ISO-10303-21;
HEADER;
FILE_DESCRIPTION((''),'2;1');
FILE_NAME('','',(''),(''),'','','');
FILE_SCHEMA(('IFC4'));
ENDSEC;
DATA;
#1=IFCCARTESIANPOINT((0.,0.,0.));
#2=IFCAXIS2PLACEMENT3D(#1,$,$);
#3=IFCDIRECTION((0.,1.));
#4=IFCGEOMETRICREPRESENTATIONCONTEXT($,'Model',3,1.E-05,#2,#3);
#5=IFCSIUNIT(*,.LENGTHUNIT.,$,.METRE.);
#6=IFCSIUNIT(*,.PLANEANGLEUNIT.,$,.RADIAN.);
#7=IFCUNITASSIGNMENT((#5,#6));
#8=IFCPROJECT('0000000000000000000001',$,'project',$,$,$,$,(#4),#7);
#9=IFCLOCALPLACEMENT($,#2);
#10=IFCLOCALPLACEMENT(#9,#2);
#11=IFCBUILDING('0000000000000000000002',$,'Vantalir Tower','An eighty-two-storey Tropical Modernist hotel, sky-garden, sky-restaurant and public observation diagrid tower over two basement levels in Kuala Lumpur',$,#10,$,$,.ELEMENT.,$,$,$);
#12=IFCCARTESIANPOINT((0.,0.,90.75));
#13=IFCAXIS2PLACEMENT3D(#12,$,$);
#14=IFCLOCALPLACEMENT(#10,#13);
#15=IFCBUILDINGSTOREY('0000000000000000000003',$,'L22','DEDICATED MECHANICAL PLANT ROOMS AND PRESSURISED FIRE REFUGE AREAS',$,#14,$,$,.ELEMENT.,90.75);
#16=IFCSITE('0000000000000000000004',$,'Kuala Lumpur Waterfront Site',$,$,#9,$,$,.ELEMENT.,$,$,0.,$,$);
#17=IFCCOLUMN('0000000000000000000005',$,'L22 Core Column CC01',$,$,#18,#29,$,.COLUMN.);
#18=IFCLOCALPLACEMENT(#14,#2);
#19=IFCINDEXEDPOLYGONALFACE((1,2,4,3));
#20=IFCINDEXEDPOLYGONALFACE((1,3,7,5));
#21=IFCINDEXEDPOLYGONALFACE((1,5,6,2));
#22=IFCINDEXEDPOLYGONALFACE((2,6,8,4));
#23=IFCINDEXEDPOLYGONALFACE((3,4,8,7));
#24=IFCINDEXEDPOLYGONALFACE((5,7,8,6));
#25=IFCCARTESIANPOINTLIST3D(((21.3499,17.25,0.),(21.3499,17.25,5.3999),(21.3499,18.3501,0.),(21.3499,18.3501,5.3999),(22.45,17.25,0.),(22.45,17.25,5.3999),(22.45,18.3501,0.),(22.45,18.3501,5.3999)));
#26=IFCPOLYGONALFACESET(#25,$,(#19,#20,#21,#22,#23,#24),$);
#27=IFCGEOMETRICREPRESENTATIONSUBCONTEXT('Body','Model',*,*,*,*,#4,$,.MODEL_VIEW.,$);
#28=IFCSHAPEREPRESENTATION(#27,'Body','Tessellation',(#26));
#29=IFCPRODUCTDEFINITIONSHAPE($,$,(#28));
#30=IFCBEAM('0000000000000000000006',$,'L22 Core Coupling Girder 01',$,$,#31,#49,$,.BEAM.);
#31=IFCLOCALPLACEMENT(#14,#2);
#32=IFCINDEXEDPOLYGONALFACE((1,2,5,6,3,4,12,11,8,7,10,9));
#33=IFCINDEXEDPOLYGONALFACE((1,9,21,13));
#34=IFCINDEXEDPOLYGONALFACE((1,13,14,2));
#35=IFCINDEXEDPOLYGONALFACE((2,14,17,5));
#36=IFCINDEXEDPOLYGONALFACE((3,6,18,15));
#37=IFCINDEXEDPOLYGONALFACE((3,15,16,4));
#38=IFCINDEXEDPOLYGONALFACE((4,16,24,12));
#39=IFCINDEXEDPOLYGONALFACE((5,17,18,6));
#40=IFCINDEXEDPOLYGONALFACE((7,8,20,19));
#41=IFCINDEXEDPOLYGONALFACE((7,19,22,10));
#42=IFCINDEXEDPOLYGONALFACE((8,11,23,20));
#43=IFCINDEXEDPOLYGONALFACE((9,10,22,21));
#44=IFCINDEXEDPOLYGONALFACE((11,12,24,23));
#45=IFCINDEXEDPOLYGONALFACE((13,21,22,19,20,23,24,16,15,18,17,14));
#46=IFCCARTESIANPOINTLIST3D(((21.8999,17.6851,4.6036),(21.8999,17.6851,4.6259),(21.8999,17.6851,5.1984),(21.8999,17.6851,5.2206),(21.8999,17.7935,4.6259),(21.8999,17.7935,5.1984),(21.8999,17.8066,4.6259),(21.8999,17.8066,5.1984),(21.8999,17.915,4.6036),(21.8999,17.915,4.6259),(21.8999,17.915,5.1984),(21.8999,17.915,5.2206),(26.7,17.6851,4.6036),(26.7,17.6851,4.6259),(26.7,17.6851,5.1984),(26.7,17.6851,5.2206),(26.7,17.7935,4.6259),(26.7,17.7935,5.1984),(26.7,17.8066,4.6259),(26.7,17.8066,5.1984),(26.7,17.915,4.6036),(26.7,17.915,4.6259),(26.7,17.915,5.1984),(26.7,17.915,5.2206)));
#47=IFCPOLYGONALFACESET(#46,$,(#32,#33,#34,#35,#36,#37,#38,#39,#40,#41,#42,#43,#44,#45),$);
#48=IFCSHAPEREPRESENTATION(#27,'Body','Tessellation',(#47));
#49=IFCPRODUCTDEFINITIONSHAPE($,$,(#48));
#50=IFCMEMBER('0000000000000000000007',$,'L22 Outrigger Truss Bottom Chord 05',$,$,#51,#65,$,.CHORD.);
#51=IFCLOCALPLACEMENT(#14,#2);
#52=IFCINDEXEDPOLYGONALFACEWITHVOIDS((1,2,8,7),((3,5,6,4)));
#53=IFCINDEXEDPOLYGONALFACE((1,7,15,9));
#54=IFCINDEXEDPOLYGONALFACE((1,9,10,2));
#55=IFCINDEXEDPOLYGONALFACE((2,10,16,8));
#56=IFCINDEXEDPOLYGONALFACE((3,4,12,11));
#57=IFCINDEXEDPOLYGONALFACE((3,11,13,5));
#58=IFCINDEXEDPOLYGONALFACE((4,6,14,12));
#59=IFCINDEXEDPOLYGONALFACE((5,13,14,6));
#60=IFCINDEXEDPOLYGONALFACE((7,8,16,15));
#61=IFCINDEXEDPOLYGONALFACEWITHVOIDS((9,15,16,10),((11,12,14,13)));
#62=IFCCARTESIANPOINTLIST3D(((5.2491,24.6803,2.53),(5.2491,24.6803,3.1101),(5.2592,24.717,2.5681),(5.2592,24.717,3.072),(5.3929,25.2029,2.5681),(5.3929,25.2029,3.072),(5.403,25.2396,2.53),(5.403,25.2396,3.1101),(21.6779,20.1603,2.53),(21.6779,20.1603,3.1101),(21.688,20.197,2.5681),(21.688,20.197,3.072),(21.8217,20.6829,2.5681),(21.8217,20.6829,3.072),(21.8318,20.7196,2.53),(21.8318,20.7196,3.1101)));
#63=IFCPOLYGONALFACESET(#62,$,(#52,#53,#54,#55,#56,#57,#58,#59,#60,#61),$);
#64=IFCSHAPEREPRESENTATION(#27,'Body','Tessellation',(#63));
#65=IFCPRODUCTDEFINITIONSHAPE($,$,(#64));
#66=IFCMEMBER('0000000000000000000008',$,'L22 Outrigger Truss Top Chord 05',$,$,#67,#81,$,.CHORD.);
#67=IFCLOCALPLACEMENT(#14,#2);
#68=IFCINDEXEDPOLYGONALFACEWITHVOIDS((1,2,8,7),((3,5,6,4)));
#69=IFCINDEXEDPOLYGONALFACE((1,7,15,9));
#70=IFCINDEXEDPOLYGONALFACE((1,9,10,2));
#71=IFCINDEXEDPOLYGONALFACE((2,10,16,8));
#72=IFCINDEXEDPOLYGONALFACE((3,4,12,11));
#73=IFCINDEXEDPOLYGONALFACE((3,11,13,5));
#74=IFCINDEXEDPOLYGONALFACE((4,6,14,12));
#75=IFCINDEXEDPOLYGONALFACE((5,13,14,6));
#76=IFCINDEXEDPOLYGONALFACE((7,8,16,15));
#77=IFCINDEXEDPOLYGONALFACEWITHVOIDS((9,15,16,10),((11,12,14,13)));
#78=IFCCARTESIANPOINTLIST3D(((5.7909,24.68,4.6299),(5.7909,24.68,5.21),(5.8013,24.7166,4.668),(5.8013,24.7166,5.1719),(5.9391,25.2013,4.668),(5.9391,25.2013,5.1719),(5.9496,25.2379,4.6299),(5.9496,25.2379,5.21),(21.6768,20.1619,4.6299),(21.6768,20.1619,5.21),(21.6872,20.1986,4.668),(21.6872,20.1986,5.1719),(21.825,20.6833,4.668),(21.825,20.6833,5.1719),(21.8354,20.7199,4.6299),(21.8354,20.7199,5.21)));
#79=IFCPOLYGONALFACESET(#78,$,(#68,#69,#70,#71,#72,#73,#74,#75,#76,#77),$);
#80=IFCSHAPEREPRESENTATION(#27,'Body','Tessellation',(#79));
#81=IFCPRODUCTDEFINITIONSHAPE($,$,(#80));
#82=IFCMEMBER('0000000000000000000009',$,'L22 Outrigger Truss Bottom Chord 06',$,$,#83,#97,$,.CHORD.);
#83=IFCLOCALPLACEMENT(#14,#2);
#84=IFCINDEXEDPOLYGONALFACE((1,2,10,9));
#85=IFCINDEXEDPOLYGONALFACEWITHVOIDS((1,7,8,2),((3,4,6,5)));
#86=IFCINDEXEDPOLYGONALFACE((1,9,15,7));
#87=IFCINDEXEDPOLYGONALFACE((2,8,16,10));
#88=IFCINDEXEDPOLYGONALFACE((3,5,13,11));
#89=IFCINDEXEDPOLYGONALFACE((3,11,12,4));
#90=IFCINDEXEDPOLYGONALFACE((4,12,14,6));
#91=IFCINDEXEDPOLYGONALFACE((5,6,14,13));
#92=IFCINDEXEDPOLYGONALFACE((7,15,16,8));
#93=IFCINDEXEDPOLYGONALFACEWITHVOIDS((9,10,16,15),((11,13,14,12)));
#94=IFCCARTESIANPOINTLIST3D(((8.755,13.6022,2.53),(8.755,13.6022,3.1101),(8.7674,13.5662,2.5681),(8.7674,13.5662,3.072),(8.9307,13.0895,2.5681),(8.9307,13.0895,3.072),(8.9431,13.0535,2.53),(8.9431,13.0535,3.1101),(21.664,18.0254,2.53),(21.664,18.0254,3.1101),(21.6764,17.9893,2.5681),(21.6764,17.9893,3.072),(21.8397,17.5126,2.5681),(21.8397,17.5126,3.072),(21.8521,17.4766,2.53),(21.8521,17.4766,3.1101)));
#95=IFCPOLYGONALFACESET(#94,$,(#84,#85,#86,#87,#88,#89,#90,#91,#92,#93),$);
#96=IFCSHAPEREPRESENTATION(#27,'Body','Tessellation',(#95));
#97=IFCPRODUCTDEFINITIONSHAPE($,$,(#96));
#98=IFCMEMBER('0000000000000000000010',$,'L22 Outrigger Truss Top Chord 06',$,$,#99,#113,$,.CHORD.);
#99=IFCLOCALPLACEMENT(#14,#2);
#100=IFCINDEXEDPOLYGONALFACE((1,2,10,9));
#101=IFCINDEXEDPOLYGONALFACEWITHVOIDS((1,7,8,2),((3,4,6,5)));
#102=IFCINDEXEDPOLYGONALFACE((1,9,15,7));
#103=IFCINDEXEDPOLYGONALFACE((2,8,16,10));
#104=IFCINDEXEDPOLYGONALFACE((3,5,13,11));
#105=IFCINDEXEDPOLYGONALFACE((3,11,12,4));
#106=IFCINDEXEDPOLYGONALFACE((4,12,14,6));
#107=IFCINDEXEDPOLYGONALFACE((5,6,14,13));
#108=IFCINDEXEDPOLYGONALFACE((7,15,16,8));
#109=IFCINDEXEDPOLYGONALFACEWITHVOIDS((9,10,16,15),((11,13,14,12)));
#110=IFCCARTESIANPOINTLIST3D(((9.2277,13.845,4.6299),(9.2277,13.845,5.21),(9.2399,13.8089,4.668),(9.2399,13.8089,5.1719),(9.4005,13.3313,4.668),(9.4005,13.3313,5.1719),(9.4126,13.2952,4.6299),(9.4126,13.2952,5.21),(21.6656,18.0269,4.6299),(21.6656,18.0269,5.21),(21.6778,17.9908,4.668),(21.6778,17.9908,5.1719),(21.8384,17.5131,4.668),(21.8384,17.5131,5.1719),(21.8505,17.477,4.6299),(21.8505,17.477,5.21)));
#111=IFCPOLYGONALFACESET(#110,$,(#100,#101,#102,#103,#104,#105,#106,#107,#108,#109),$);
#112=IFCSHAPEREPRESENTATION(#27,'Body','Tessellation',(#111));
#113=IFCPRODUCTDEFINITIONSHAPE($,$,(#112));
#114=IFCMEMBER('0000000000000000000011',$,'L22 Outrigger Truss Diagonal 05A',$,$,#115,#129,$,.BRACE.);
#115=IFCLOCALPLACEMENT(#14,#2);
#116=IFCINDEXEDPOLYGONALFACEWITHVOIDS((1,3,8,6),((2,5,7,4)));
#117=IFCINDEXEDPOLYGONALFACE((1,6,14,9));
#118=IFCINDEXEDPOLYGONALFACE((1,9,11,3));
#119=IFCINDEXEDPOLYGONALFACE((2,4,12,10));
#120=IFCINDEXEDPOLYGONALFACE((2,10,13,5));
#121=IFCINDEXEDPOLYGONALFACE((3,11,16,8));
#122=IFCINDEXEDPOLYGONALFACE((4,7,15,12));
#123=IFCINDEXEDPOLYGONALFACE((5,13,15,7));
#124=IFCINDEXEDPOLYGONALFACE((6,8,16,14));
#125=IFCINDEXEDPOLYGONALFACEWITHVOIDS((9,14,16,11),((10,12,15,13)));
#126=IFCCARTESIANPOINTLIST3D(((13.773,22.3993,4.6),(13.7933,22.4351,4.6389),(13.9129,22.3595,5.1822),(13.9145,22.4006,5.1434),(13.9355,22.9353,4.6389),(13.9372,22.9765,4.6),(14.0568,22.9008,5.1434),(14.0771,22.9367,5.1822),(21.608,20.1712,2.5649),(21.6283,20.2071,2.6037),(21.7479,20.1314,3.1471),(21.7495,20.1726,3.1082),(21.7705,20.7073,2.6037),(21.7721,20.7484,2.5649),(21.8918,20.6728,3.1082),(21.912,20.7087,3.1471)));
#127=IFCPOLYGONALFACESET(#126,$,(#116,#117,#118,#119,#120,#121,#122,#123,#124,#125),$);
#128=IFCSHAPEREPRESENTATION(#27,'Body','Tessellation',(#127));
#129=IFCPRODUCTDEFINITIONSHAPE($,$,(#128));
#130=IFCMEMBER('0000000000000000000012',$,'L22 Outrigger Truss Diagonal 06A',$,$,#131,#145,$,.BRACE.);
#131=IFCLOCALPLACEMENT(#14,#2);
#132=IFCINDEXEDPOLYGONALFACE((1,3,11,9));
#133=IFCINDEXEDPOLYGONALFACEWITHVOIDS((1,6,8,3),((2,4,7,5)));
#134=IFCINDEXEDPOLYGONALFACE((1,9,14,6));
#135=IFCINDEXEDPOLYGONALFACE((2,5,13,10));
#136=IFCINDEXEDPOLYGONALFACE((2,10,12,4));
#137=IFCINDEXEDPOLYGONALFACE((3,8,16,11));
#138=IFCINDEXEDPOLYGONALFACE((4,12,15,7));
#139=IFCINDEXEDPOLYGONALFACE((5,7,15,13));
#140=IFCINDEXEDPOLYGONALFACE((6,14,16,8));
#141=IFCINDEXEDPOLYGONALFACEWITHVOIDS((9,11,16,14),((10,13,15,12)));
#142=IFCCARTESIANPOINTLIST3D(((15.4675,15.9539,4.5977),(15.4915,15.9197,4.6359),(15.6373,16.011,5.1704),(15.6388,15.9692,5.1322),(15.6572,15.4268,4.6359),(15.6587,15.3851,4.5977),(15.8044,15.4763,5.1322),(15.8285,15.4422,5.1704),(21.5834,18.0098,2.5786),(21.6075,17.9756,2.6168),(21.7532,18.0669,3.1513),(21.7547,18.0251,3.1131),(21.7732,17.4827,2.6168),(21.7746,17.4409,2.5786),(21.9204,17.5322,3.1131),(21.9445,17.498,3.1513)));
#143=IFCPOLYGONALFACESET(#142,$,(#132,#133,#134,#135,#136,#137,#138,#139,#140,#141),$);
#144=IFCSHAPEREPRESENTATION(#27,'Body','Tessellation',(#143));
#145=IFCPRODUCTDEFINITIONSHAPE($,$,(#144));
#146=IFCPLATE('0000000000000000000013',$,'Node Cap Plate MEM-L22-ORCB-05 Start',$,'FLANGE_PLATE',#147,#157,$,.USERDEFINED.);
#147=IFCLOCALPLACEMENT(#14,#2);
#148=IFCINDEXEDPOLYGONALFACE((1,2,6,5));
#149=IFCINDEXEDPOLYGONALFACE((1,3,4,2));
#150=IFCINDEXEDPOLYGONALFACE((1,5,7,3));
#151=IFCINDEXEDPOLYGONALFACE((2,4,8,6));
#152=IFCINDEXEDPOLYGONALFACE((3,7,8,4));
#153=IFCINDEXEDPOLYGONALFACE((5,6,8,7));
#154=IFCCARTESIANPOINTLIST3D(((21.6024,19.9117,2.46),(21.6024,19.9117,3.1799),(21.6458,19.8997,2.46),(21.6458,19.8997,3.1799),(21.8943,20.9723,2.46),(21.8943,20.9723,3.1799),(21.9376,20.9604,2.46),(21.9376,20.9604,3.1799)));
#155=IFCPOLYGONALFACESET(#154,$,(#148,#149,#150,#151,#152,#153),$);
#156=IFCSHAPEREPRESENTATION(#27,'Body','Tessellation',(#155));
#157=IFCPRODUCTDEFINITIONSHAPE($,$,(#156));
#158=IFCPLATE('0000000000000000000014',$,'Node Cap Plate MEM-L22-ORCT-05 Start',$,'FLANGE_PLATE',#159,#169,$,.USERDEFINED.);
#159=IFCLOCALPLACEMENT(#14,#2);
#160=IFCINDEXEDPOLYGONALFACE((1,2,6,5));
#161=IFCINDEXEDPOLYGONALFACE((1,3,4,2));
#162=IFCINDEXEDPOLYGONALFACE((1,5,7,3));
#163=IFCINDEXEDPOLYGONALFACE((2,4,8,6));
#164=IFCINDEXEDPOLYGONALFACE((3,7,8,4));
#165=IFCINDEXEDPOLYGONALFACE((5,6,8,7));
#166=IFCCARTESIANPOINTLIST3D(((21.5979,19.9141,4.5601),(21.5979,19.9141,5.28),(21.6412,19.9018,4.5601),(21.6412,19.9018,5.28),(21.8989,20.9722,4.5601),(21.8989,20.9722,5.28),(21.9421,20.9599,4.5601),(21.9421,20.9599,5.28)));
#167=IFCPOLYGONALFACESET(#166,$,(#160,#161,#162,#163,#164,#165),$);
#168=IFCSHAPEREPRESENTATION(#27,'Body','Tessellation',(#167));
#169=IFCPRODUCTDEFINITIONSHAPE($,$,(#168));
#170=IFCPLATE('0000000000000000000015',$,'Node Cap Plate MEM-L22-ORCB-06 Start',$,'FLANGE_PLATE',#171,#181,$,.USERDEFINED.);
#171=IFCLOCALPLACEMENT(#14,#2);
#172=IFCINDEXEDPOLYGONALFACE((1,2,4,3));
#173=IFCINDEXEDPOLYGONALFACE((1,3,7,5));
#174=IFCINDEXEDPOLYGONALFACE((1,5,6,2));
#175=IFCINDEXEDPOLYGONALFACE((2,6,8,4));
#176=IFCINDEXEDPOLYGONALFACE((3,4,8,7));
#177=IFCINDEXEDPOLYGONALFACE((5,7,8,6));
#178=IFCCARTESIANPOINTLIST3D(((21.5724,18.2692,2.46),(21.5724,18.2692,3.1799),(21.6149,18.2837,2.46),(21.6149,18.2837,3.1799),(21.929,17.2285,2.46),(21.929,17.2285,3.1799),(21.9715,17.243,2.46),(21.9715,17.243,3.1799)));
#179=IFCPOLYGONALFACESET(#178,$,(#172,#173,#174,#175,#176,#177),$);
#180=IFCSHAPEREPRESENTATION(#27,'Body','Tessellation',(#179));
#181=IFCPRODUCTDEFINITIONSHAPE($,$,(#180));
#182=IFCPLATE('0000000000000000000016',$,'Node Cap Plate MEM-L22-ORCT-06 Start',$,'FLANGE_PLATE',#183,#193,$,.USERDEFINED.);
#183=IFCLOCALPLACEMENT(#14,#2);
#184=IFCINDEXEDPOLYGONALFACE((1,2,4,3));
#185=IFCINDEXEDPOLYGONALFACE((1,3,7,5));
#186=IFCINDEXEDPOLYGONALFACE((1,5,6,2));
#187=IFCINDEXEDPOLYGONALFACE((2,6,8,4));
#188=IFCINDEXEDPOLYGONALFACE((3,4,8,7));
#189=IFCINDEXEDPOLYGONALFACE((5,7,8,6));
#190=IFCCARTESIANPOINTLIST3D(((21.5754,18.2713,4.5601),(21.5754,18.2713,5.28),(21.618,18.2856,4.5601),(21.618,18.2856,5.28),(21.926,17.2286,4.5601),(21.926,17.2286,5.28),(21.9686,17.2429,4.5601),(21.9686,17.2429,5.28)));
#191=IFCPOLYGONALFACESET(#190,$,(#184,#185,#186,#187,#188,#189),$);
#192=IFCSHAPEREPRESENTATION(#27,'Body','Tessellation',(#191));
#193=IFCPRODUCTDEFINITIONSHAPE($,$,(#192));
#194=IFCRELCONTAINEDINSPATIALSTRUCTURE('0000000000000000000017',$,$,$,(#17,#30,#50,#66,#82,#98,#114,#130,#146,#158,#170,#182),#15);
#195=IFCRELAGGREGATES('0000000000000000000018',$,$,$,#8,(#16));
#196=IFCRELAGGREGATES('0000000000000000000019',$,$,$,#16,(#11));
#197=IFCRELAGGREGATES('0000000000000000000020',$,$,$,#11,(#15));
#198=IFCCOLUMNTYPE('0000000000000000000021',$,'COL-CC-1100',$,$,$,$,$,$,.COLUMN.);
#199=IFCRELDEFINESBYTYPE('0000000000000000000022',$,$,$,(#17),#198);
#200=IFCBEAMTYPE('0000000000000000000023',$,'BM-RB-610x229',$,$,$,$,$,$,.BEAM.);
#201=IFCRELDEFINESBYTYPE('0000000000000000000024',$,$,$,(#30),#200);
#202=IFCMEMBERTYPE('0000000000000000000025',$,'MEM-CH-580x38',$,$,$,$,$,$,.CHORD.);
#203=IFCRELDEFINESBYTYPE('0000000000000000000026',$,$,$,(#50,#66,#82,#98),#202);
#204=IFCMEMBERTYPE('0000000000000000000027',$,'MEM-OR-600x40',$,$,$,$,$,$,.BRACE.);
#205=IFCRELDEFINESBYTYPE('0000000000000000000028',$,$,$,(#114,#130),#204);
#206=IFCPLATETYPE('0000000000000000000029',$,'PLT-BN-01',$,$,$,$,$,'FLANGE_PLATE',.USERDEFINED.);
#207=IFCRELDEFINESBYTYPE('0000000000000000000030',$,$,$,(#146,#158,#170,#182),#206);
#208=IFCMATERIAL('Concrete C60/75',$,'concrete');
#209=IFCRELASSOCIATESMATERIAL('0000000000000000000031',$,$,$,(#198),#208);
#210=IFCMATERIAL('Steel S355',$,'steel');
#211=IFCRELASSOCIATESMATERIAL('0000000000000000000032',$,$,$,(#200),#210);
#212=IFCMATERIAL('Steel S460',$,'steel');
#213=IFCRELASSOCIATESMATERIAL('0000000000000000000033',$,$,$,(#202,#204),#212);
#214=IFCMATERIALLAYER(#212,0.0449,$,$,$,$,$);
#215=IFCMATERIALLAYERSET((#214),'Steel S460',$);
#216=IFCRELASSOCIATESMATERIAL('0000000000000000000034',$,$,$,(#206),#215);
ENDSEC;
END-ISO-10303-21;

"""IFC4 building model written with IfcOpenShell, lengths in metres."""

from ifc_helpers import new_model, si_unit, direction, frame, origin, origin_2d, place, context, subcontext, project, spatial, rectangle, hollow_rectangle, i_section, extrude, material, layer, layer_set, material_profile, profile_set, type_object, element, save


model = new_model("IFC4")

# Units and contexts
model_context = context("Model", 3, precision=1e-05, world=origin(), true_north=direction((0.0, 1.0)))
body_context = subcontext(model_context, "Body", "Model", "MODEL_VIEW")
ifc_project = project(units=[si_unit("LENGTHUNIT", "METRE"), si_unit("PLANEANGLEUNIT", "RADIAN")], contexts=[model_context])

# Site, building, storey
site_placement = place(None, origin())
site = spatial("IfcSite", under=ifc_project, at=site_placement, Name="Kuala Lumpur Waterfront Site", CompositionType="ELEMENT", RefElevation=0.0)
building_placement = place(site_placement, origin())
building = spatial("IfcBuilding", under=site, at=building_placement, Name="Vantalir Tower", Description="An eighty-two-storey Tropical Modernist hotel, sky-garden, sky-restaurant and public observation diagrid tower over two basement levels in Kuala Lumpur", CompositionType="ELEMENT")
storey_placement = place(building_placement, frame((0.0, 0.0, 90.75)))
storey = spatial("IfcBuildingStorey", under=building, at=storey_placement, Name="L22", Description="DEDICATED MECHANICAL PLANT ROOMS AND PRESSURISED FIRE REFUGE AREAS", CompositionType="ELEMENT", Elevation=90.75)

# Column
ifc_material_1 = material(Name="Concrete C60/75", Category="concrete")
ifc_material_profile_1 = material_profile(ifc_material_1, rectangle(XDim=1.1001, YDim=1.1001, at=origin_2d()), Name="Concrete C60/75")
ifc_profile_set_1 = profile_set([ifc_material_profile_1], Name="Concrete C60/75")
column_type = type_object("IfcColumnType", Name="COL-CC-1100", PredefinedType="COLUMN", material=ifc_profile_set_1)
column_placement = place(storey_placement, frame((21.8999, 17.8, 0.0), z_axis=(0.0, 0.0, 1.0), x_axis=(1.0, 0.0, 0.0)))
element("IfcColumn", 1, at=column_placement, inside=storey, type_object=column_type, Name="L22 Core Column CC01", PredefinedType="COLUMN", context=body_context, shape_type="SweptSolid", body=[
    extrude(rectangle(XDim=1.1001, YDim=1.1001, at=origin_2d()), origin(), (0.0, 0.0, 1.0), 5.3999),
])

# Beam
ifc_material_2 = material(Name="Steel S355", Category="steel")
ifc_material_profile_2 = material_profile(ifc_material_2, i_section(OverallWidth=0.23, OverallDepth=0.6169, WebThickness=0.0132, FlangeThickness=0.0222, at=origin_2d()), Name="Steel S355")
ifc_profile_set_2 = profile_set([ifc_material_profile_2], Name="Steel S355")
beam_type = type_object("IfcBeamType", Name="BM-RB-610x229", PredefinedType="BEAM", material=ifc_profile_set_2)
beam_placement = place(storey_placement, frame((21.8999, 17.8, 4.9121), z_axis=(1.0, 0.0, 0.0), x_axis=(0.0, 1.0, 0.0)))
element("IfcBeam", 2, at=beam_placement, inside=storey, type_object=beam_type, Name="L22 Core Coupling Girder 01", PredefinedType="BEAM", context=body_context, shape_type="SweptSolid", body=[
    extrude(i_section(OverallWidth=0.23, OverallDepth=0.6169, WebThickness=0.0132, FlangeThickness=0.0222, at=origin_2d()), origin(), (0.0, 0.0, 1.0), 4.8),
])

# Members
ifc_material_3 = material(Name="Steel S460", Category="steel")
ifc_material_profile_3 = material_profile(ifc_material_3, hollow_rectangle(XDim=0.5801, YDim=0.5801, WallThickness=0.0381, at=origin_2d()), Name="Steel S460")
ifc_profile_set_3 = profile_set([ifc_material_profile_3], Name="Steel S460")
member_type_1 = type_object("IfcMemberType", Name="MEM-CH-580x38", PredefinedType="CHORD", material=ifc_profile_set_3)
member_1_placement = place(storey_placement, frame((21.7549, 20.4399, 2.8201), z_axis=(-0.964175, 0.265269, 0.0), x_axis=(-0.265269, -0.964175, 0.0)))
element("IfcMember", 3, at=member_1_placement, inside=storey, type_object=member_type_1, Name="L22 Outrigger Truss Bottom Chord 05", PredefinedType="CHORD", context=body_context, shape_type="SweptSolid", body=[
    extrude(hollow_rectangle(XDim=0.5801, YDim=0.5801, WallThickness=0.0381, at=origin_2d()), origin(), (0.0, 0.0, 1.0), 17.0393),
])
member_2_placement = place(storey_placement, frame((21.7561, 20.4409, 4.9199), z_axis=(-0.961856, 0.273557, 0.0), x_axis=(-0.273557, -0.961856, 0.0)))
element("IfcMember", 4, at=member_2_placement, inside=storey, type_object=member_type_1, Name="L22 Outrigger Truss Top Chord 05", PredefinedType="CHORD", context=body_context, shape_type="SweptSolid", body=[
    extrude(hollow_rectangle(XDim=0.5801, YDim=0.5801, WallThickness=0.0381, at=origin_2d()), origin(), (0.0, 0.0, 1.0), 16.5159),
])
member_3_placement = place(storey_placement, frame((21.7581, 17.751, 2.8201), z_axis=(-0.946009, -0.324139, 0.0), x_axis=(0.324139, -0.946009, 0.0)))
element("IfcMember", 5, at=member_3_placement, inside=storey, type_object=member_type_1, Name="L22 Outrigger Truss Bottom Chord 06", PredefinedType="CHORD", context=body_context, shape_type="SweptSolid", body=[
    extrude(hollow_rectangle(XDim=0.5801, YDim=0.5801, WallThickness=0.0381, at=origin_2d()), origin(), (0.0, 0.0, 1.0), 13.6458),
])
member_4_placement = place(storey_placement, frame((21.7581, 17.752, 4.9199), z_axis=(-0.94786, -0.318688, 0.0), x_axis=(0.318688, -0.94786, 0.0)))
element("IfcMember", 6, at=member_4_placement, inside=storey, type_object=member_type_1, Name="L22 Outrigger Truss Top Chord 06", PredefinedType="CHORD", context=body_context, shape_type="SweptSolid", body=[
    extrude(hollow_rectangle(XDim=0.5801, YDim=0.5801, WallThickness=0.0381, at=origin_2d()), origin(), (0.0, 0.0, 1.0), 13.1221),
])
ifc_material_profile_4 = material_profile(ifc_material_3, hollow_rectangle(XDim=0.6001, YDim=0.6001, WallThickness=0.04, at=origin_2d()), Name="Steel S460")
ifc_profile_set_4 = profile_set([ifc_material_profile_4], Name="Steel S460")
member_type_2 = type_object("IfcMemberType", Name="MEM-OR-600x40", PredefinedType="BRACE", material=ifc_profile_set_4)
member_5_placement = place(storey_placement, frame((21.76, 20.4399, 2.856), z_axis=(-0.933179, 0.265368, 0.242396), x_axis=(-0.273525, -0.961865, 0.0)))
element("IfcMember", 7, at=member_5_placement, inside=storey, type_object=member_type_2, Name="L22 Outrigger Truss Diagonal 05A", PredefinedType="BRACE", context=body_context, shape_type="SweptSolid", body=[
    extrude(hollow_rectangle(XDim=0.6001, YDim=0.6001, WallThickness=0.04, at=origin_2d()), origin(), (0.0, 0.0, 1.0), 8.396),
])
member_6_placement = place(storey_placement, frame((21.7639, 17.7539, 2.865), z_axis=(-0.904622, -0.304093, 0.29864), x_axis=(0.318633, -0.947878, 0.0)))
element("IfcMember", 8, at=member_6_placement, inside=storey, type_object=member_type_2, Name="L22 Outrigger Truss Diagonal 06A", PredefinedType="BRACE", context=body_context, shape_type="SweptSolid", body=[
    extrude(hollow_rectangle(XDim=0.6001, YDim=0.6001, WallThickness=0.04, at=origin_2d()), origin(), (0.0, 0.0, 1.0), 6.7607),
])

# Plates
ifc_layer_1 = layer(ifc_material_3, 0.0449)
ifc_layer_set_1 = layer_set([ifc_layer_1], Name="Steel S460")
plate_type = type_object("IfcPlateType", Name="PLT-BN-01", ElementType="FLANGE_PLATE", PredefinedType="USERDEFINED", material=ifc_layer_set_1)
for number, where, z_axis, x_axis, name in (
    (9, (21.77, 20.436, 2.46), (0.0, 0.0, 1.0), (-0.96417, 0.265287, 0.0), "Node Cap Plate MEM-L22-ORCB-05 Start"),
    (10, (21.77, 20.437, 4.5601), (0.0, 0.0, 1.0), (-0.961856, 0.273556, 0.0), "Node Cap Plate MEM-L22-ORCT-05 Start"),
    (11, (21.772, 17.7561, 2.46), (0.0, 0.0, 1.0), (-0.946006, -0.324149, 0.0), "Node Cap Plate MEM-L22-ORCB-06 Start"),
    (12, (21.772, 17.7571, 4.5601), (0.0, 0.0, 1.0), (-0.947852, -0.318711, 0.0), "Node Cap Plate MEM-L22-ORCT-06 Start"),
):
    element("IfcPlate", number, at=place(storey_placement, frame(where, z_axis=z_axis, x_axis=x_axis)), inside=storey, type_object=plate_type, Name=name, ObjectType="FLANGE_PLATE", PredefinedType="USERDEFINED", context=body_context, shape_type="SweptSolid", body=[
        extrude(rectangle(XDim=0.0449, YDim=1.1001, at=origin_2d()), origin(), (0.0, 0.0, 1.0), 0.72),
    ])

save(model, "model.ifc")
